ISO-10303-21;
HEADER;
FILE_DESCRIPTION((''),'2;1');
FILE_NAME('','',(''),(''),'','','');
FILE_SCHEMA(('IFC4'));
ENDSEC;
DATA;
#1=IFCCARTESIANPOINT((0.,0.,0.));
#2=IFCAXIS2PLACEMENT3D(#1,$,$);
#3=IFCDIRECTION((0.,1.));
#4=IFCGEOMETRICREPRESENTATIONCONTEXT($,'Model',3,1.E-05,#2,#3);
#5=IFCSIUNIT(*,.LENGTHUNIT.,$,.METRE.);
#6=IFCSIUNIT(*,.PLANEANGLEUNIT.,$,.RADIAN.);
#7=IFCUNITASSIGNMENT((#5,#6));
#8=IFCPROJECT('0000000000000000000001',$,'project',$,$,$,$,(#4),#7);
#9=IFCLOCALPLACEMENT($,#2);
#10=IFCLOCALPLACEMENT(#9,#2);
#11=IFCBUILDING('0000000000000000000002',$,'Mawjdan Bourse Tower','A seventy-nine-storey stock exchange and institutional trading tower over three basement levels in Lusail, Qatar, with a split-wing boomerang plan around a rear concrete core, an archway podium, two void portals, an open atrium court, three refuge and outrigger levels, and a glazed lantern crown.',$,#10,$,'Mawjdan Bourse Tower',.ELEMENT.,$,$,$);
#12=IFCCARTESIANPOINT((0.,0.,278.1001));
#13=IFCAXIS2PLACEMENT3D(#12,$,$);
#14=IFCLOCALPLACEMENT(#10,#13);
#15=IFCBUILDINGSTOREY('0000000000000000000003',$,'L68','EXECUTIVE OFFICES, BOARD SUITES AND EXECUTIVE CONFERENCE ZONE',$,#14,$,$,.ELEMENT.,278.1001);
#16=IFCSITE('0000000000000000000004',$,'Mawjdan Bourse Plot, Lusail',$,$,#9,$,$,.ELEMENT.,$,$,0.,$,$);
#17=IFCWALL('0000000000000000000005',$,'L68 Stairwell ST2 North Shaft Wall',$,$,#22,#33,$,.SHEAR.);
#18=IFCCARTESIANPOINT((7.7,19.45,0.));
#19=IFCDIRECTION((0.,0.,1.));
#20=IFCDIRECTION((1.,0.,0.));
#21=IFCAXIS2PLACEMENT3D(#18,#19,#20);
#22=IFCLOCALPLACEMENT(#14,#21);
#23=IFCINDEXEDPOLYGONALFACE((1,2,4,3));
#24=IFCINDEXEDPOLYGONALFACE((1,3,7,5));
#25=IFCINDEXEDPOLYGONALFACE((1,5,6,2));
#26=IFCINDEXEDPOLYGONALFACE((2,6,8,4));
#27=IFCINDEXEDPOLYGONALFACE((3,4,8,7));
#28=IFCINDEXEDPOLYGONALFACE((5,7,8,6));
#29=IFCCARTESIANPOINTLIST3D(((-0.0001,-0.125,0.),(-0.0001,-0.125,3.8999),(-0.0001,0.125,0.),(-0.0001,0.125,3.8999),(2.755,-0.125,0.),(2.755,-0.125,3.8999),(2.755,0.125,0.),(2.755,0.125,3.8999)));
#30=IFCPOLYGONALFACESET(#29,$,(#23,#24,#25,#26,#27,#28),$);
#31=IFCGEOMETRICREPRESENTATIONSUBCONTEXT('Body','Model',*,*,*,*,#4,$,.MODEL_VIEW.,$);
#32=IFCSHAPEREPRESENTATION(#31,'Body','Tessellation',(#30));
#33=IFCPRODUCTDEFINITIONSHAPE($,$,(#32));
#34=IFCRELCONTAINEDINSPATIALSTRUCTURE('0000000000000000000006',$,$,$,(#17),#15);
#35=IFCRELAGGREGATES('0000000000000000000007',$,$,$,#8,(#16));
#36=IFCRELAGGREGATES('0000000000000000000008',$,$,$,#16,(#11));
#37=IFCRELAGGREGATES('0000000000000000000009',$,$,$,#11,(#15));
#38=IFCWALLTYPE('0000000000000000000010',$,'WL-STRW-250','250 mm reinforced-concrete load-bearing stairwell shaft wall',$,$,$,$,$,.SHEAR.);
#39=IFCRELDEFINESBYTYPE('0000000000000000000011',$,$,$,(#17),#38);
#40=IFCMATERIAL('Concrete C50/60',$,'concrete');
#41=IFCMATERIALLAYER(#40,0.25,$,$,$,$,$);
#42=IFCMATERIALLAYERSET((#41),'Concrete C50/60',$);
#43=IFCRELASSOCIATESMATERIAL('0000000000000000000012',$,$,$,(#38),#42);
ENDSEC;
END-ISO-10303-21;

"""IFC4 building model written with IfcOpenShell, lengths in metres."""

from ifc_helpers import new_model, si_unit, direction, frame, frame_2d, origin, place, context, subcontext, project, spatial, rectangle, extrude, material, layer, layer_set, type_object, element, save


model = new_model("IFC4")

# Units and contexts
model_context = context("Model", 3, precision=1e-05, world=origin(), true_north=direction((0.0, 1.0)))
body_context = subcontext(model_context, "Body", "Model", "MODEL_VIEW")
ifc_project = project(units=[si_unit("LENGTHUNIT", "METRE"), si_unit("PLANEANGLEUNIT", "RADIAN")], contexts=[model_context])

# Site, building, storey
site_placement = place(None, origin())
site = spatial("IfcSite", under=ifc_project, at=site_placement, Name="Mawjdan Bourse Plot, Lusail", CompositionType="ELEMENT", RefElevation=0.0)
building_placement = place(site_placement, origin())
building = spatial("IfcBuilding", under=site, at=building_placement, Name="Mawjdan Bourse Tower", Description="A seventy-nine-storey stock exchange and institutional trading tower over three basement levels in Lusail, Qatar, with a split-wing boomerang plan around a rear concrete core, an archway podium, two void portals, an open atrium court, three refuge and outrigger levels, and a glazed lantern crown.", LongName="Mawjdan Bourse Tower", CompositionType="ELEMENT")
storey_placement = place(building_placement, frame((0.0, 0.0, 278.1001)))
storey = spatial("IfcBuildingStorey", under=building, at=storey_placement, Name="L68", Description="EXECUTIVE OFFICES, BOARD SUITES AND EXECUTIVE CONFERENCE ZONE", CompositionType="ELEMENT", Elevation=278.1001)

# Wall
ifc_material_1 = material(Name="Concrete C50/60", Category="concrete")
ifc_layer_1 = layer(ifc_material_1, 0.25)
ifc_layer_set_1 = layer_set([ifc_layer_1], Name="Concrete C50/60")
wall_type_1 = type_object("IfcWallType", Name="WL-STRW-250", Description="250 mm reinforced-concrete load-bearing stairwell shaft wall", PredefinedType="SHEAR", material=ifc_layer_set_1)
wall_1_placement = place(storey_placement, frame((7.7, 19.45, 0.0), z_axis=(0.0, 0.0, 1.0), x_axis=(1.0, 0.0, 0.0)))
element("IfcWall", 1, at=wall_1_placement, inside=storey, type_object=wall_type_1, Name="L68 Stairwell ST2 North Shaft Wall", PredefinedType="SHEAR", context=body_context, shape_type="SweptSolid", body=[
    extrude(rectangle(XDim=2.7551, YDim=0.25, at=frame_2d((1.3774, 0.0))), origin(), (0.0, 0.0, 1.0), 3.8999),
])

save(model, "model.ifc")
